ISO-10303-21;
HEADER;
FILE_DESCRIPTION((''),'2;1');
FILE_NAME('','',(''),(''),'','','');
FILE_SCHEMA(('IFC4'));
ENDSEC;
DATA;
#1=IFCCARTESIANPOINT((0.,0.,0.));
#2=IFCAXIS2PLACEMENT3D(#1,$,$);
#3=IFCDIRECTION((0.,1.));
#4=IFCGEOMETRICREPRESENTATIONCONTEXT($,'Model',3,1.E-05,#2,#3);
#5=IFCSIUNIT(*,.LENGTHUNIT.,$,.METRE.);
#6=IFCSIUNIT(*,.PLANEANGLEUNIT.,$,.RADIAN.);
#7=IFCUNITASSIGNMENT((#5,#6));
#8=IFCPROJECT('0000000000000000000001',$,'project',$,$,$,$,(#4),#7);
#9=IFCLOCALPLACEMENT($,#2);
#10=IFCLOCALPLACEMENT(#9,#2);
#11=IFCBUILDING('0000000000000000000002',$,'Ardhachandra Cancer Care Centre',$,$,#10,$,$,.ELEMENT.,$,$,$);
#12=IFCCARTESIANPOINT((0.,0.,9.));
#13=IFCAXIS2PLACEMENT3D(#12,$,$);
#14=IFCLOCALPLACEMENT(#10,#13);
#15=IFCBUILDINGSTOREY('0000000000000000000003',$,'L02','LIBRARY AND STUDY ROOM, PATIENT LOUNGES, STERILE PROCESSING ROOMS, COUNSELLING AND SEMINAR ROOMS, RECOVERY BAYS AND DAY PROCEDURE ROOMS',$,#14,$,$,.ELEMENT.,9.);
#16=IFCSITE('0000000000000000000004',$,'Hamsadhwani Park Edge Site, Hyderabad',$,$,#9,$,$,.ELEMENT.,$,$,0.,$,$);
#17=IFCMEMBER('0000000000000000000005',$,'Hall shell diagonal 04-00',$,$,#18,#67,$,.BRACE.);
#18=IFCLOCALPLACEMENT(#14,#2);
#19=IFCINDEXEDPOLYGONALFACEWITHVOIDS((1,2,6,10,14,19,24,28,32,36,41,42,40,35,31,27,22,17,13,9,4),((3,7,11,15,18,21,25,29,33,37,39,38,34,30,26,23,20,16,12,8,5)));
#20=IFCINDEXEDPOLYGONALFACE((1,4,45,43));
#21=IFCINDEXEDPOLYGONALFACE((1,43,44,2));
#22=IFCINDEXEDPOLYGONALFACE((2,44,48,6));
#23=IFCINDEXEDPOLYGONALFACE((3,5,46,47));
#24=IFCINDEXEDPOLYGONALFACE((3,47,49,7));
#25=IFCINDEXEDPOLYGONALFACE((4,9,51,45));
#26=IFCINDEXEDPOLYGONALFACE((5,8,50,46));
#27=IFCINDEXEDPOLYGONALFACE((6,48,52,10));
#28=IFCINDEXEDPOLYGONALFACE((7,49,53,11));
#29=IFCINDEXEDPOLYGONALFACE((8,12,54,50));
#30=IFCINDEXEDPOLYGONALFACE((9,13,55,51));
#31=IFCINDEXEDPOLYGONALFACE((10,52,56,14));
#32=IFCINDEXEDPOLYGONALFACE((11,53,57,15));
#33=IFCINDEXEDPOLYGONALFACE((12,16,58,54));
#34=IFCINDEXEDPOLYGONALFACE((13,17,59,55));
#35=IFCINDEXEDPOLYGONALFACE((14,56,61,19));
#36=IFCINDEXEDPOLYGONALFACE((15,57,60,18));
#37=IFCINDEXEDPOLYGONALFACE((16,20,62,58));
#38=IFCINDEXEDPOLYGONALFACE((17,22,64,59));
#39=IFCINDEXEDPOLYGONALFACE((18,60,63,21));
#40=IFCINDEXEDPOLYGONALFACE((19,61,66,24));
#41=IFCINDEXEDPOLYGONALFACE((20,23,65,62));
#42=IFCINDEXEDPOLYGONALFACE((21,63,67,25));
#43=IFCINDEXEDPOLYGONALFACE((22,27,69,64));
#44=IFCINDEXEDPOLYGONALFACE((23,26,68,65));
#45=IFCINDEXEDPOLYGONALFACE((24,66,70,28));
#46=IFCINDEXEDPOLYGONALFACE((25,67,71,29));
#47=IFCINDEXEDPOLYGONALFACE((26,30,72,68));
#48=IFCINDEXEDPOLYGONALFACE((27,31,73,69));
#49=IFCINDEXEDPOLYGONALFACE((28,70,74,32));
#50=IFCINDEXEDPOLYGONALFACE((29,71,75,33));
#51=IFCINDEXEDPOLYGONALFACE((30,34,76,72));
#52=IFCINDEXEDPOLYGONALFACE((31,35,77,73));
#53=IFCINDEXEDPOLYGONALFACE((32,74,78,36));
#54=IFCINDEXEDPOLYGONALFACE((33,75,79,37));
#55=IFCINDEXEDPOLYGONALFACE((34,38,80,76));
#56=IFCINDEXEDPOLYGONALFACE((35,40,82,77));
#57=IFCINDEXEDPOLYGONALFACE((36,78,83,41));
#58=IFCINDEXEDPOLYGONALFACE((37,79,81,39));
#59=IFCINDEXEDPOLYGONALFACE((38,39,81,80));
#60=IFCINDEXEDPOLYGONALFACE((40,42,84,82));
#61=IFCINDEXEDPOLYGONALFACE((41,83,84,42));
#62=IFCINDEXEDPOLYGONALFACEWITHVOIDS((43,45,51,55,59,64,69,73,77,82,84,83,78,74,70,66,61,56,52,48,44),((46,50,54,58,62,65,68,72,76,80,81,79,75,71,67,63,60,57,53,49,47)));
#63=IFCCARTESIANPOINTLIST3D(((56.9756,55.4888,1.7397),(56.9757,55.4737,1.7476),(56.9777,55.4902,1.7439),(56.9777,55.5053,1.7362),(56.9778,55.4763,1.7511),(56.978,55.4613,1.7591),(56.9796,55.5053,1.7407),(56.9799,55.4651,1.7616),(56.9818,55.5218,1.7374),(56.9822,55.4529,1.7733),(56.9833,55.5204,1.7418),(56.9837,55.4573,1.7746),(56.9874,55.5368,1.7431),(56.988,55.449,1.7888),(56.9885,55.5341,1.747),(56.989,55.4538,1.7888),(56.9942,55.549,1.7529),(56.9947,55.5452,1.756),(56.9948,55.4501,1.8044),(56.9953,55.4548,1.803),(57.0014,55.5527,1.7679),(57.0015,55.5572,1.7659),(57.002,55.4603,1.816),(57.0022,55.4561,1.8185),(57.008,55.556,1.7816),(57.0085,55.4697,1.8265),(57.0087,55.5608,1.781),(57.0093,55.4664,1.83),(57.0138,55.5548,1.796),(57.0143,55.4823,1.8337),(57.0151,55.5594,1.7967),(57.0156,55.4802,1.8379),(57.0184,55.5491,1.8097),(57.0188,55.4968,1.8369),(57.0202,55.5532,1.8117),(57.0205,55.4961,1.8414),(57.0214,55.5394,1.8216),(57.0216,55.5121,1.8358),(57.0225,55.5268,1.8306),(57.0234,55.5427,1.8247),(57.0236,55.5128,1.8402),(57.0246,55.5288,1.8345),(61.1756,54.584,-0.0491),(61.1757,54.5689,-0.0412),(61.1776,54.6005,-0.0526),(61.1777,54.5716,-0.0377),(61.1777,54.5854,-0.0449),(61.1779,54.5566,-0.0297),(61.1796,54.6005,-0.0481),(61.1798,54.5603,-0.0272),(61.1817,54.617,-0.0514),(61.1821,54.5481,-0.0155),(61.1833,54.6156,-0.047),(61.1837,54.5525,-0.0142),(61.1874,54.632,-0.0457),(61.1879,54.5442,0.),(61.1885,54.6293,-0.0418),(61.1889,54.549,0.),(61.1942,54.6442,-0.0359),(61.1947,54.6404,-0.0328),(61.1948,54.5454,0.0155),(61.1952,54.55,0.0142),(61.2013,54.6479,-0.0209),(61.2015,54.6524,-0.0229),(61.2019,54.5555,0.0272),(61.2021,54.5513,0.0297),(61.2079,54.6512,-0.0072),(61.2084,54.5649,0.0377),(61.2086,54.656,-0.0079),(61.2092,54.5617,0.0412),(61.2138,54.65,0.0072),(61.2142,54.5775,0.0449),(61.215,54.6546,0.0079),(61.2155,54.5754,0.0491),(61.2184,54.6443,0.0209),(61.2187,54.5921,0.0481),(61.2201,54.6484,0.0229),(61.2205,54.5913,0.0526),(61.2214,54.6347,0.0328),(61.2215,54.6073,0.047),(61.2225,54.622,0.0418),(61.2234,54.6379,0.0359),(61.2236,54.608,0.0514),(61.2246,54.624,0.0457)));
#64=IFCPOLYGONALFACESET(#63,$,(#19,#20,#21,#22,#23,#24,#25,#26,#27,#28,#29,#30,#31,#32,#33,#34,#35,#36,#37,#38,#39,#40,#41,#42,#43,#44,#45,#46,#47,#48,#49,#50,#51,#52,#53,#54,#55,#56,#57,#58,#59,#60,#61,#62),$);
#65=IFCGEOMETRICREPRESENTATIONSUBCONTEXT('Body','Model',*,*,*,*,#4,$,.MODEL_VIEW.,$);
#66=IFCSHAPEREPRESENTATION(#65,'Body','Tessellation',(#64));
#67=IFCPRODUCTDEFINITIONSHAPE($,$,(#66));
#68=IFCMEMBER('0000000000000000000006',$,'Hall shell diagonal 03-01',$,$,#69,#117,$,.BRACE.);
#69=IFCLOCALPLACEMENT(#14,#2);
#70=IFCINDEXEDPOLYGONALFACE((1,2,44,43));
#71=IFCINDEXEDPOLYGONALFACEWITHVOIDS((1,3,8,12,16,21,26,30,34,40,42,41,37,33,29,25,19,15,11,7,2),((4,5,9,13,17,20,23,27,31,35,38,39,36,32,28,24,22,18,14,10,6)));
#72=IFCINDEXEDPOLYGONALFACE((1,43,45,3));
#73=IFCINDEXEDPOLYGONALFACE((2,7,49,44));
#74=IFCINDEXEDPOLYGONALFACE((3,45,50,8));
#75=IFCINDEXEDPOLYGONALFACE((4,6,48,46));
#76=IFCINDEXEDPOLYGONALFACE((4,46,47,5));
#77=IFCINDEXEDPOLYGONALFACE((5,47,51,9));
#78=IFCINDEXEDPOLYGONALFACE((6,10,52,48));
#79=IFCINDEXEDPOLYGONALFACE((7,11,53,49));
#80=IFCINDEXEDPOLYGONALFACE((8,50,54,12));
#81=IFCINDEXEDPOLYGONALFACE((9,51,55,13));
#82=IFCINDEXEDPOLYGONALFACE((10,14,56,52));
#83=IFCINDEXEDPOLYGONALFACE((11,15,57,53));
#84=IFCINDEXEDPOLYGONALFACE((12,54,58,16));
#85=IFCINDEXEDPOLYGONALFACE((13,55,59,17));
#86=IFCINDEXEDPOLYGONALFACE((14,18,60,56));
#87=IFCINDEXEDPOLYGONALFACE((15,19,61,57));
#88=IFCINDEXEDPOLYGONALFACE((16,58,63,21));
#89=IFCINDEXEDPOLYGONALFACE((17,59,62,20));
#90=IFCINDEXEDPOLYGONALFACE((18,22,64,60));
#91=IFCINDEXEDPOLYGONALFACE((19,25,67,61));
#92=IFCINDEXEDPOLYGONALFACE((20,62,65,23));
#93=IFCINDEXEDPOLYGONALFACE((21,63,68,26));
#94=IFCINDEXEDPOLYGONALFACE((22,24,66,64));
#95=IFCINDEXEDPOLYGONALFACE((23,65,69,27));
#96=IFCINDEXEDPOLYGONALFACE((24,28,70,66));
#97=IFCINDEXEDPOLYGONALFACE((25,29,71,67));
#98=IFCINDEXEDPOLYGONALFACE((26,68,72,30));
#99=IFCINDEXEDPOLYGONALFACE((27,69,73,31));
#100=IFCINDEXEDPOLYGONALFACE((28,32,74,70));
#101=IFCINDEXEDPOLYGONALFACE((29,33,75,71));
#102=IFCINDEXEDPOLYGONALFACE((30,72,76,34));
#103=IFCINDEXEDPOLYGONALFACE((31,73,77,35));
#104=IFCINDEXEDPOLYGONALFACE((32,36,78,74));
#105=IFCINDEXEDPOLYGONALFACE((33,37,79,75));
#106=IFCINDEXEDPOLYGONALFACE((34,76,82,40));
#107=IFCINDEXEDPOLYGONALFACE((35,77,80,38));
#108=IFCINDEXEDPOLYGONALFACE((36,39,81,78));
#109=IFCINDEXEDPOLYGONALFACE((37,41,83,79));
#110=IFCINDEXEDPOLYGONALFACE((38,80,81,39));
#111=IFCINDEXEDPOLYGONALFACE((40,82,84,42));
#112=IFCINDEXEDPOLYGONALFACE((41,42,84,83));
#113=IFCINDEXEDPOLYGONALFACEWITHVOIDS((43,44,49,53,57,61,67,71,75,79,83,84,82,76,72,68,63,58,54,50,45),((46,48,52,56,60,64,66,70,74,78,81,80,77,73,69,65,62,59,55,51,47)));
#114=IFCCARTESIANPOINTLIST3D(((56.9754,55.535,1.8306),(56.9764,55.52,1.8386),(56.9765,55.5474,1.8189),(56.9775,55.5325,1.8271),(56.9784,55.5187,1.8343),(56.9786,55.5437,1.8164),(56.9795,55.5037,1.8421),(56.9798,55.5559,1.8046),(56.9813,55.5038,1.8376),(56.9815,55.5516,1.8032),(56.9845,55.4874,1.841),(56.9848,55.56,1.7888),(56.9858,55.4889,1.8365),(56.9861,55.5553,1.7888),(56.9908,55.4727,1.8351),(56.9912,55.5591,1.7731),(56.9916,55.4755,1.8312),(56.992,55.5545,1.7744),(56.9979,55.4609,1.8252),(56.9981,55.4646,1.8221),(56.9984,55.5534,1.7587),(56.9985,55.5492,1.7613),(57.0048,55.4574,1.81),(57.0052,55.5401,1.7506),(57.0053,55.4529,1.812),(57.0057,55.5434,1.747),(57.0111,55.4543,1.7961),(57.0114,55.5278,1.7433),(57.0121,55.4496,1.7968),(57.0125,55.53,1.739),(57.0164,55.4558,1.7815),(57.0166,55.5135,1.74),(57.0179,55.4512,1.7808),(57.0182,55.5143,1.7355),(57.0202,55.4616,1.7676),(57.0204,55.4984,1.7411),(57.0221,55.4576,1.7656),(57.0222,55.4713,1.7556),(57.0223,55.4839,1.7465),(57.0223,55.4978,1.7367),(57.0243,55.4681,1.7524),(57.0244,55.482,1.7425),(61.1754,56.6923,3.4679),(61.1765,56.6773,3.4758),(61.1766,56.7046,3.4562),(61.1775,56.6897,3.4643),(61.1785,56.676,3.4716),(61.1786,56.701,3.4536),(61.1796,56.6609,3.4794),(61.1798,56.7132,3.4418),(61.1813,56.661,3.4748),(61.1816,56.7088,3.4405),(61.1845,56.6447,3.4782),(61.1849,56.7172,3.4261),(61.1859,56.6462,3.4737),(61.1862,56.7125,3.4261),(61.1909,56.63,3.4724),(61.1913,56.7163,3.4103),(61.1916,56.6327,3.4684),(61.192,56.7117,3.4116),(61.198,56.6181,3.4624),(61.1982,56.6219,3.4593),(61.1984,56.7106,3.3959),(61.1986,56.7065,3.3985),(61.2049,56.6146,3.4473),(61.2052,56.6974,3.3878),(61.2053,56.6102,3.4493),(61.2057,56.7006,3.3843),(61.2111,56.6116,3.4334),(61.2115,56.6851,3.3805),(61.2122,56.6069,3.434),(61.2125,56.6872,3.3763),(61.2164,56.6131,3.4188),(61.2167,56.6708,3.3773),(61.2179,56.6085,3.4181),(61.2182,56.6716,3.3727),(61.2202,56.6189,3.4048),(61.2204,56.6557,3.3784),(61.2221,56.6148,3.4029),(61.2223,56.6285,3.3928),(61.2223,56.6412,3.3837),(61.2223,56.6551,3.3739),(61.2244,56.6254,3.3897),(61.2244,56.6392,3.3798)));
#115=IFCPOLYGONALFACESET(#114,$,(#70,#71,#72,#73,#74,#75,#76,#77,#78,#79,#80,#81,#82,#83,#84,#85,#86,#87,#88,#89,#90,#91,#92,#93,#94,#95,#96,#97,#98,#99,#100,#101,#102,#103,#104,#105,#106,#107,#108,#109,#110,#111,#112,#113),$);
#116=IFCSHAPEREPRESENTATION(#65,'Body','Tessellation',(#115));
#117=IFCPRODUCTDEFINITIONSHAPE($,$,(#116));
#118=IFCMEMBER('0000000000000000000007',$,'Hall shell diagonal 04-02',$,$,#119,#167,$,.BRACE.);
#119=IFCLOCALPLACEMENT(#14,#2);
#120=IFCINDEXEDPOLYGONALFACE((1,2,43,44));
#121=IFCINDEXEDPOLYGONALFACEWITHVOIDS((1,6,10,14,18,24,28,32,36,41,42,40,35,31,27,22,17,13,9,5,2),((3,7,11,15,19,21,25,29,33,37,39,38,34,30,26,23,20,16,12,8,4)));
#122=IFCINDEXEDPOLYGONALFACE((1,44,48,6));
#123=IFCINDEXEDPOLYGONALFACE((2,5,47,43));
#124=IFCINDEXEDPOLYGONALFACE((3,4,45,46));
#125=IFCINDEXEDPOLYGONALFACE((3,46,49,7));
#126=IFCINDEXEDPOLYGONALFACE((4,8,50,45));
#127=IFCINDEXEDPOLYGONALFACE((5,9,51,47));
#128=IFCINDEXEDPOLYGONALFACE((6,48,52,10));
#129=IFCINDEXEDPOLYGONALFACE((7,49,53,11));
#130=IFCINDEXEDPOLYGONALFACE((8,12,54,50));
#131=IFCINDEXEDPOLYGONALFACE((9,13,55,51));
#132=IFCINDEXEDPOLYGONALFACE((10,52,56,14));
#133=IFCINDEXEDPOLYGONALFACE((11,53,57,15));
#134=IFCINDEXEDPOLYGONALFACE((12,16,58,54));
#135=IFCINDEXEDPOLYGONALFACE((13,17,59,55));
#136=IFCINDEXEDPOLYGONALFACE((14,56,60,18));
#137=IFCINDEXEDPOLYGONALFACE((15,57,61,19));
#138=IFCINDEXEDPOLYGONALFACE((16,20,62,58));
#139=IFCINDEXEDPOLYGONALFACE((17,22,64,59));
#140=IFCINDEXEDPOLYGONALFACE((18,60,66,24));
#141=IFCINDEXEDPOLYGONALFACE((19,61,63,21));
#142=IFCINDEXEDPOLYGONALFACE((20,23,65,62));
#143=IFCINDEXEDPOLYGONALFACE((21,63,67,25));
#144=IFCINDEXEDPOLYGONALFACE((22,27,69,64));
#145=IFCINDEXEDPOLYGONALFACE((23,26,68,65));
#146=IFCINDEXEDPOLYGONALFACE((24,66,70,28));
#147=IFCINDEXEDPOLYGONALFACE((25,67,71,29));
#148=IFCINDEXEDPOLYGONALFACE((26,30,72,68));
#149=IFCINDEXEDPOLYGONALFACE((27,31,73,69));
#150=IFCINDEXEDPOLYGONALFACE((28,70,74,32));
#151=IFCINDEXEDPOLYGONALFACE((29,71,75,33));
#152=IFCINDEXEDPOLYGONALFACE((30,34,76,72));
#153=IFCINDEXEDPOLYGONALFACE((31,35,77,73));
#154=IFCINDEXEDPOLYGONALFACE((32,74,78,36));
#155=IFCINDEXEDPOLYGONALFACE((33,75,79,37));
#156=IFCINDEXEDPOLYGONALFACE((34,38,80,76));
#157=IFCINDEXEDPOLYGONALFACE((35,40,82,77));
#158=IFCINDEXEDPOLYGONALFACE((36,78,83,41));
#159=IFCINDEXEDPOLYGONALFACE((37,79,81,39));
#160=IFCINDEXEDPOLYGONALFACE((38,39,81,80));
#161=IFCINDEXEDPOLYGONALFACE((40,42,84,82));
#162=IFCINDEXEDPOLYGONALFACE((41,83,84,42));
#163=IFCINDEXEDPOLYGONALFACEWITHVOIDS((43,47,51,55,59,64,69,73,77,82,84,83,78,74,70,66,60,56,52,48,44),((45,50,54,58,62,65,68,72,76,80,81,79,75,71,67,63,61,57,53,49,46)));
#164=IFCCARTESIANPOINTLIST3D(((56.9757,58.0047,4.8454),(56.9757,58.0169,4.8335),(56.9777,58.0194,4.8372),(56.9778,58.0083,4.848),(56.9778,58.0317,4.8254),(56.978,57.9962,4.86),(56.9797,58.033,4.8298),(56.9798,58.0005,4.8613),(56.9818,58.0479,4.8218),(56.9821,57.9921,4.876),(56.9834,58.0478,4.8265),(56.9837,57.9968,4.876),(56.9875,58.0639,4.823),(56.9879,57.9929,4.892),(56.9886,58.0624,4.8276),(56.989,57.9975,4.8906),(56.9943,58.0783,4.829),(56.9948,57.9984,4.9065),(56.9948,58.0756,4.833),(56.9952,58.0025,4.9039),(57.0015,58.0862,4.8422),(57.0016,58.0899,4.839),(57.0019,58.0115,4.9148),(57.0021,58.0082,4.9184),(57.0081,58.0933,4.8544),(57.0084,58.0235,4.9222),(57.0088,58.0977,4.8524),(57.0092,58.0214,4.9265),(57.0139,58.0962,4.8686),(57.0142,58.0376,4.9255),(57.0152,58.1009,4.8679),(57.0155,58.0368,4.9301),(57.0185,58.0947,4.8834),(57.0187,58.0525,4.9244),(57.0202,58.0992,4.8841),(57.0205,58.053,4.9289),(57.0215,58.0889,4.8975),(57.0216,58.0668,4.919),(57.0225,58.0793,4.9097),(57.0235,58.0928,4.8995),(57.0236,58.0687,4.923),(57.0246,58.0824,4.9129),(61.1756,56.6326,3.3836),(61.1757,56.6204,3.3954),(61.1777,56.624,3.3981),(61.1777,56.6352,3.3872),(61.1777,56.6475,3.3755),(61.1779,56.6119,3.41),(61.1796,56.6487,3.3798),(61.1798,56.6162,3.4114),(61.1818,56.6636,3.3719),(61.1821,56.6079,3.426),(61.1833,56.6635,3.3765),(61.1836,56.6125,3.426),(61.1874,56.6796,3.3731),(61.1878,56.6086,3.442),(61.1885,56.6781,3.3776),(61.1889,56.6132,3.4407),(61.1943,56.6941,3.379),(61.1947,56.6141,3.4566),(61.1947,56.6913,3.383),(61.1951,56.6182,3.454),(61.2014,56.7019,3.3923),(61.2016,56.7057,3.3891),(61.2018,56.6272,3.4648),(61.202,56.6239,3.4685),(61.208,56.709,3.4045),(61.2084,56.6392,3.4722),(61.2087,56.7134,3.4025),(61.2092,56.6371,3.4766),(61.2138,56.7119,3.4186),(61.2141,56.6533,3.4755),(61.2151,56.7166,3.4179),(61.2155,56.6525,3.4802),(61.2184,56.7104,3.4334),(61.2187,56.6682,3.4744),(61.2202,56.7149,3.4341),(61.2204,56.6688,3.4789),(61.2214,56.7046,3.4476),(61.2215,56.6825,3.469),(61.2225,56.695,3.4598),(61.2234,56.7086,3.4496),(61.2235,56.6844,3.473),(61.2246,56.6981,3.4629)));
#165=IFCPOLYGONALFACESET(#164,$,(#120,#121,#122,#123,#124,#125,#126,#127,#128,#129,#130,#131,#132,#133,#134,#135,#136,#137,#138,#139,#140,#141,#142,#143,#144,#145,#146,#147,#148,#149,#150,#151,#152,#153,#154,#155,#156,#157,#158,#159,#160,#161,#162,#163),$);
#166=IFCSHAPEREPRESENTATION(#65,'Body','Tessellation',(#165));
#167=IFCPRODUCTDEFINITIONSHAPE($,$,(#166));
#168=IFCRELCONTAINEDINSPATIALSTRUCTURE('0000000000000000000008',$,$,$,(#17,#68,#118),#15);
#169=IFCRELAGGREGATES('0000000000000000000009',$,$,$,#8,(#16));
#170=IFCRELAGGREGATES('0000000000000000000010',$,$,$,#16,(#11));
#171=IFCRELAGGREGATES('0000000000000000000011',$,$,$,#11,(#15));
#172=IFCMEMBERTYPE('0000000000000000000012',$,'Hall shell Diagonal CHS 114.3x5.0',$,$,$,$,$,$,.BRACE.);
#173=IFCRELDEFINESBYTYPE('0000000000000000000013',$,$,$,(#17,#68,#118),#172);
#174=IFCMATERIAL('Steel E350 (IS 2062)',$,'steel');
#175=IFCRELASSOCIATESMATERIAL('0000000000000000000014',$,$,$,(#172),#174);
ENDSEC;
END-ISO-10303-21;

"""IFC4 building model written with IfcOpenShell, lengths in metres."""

from ifc_helpers import new_model, si_unit, direction, frame, origin, origin_2d, place, context, subcontext, project, spatial, hollow_circle, extrude, material, material_profile, profile_set, type_object, element, save


model = new_model("IFC4")

# Units and contexts
model_context = context("Model", 3, precision=1e-05, world=origin(), true_north=direction((0.0, 1.0)))
body_context = subcontext(model_context, "Body", "Model", "MODEL_VIEW")
ifc_project = project(units=[si_unit("LENGTHUNIT", "METRE"), si_unit("PLANEANGLEUNIT", "RADIAN")], contexts=[model_context])

# Site, building, storey
site_placement = place(None, origin())
site = spatial("IfcSite", under=ifc_project, at=site_placement, Name="Hamsadhwani Park Edge Site, Hyderabad", CompositionType="ELEMENT", RefElevation=0.0)
building_placement = place(site_placement, origin())
building = spatial("IfcBuilding", under=site, at=building_placement, Name="Ardhachandra Cancer Care Centre", CompositionType="ELEMENT")
storey_placement = place(building_placement, frame((0.0, 0.0, 9.0)))
storey = spatial("IfcBuildingStorey", under=building, at=storey_placement, Name="L02", Description="LIBRARY AND STUDY ROOM, PATIENT LOUNGES, STERILE PROCESSING ROOMS, COUNSELLING AND SEMINAR ROOMS, RECOVERY BAYS AND DAY PROCEDURE ROOMS", CompositionType="ELEMENT", Elevation=9.0)

# Members
ifc_material_1 = material(Name="Steel E350 (IS 2062)", Category="steel")
ifc_material_profile_1 = material_profile(ifc_material_1, hollow_circle(Radius=0.0571, WallThickness=0.0049, at=origin_2d()), Name="CHS 114.3x5.0")
ifc_profile_set_1 = profile_set([ifc_material_profile_1], Name="Steel E350 (IS 2062)")
member_type_1 = type_object("IfcMemberType", Name="Hall shell Diagonal CHS 114.3x5.0", PredefinedType="BRACE", material=ifc_profile_set_1)
for number, where, z_axis, x_axis, name in (
    (1, (61.2, 54.6001, 0.0), (-0.902473, 0.194417, 0.384376), (-0.210596, -0.977573, 0.0), "Hall shell diagonal 04-00"),
):
    element("IfcMember", number, at=place(storey_placement, frame(where, z_axis=z_axis, x_axis=x_axis)), inside=storey, type_object=member_type_1, Name=name, PredefinedType="BRACE", context=body_context, shape_type="SweptSolid", body=[
        extrude(hollow_circle(Radius=0.0571, WallThickness=0.0049, at=origin_2d()), origin(), (0.0, 0.0, 1.0), 4.6538),
    ])
member_1_placement = place(storey_placement, frame((57.0, 55.5049, 1.7888), z_axis=(0.90245, 0.248655, 0.351789), x_axis=(-0.265634, 0.964074, 0.0)))
element("IfcMember", 2, at=member_1_placement, inside=storey, type_object=member_type_1, Name="Hall shell diagonal 03-01", PredefinedType="BRACE", context=body_context, shape_type="SweptSolid", body=[
    extrude(hollow_circle(Radius=0.0571, WallThickness=0.0049, at=origin_2d()), origin(), (0.0, 0.0, 1.0), 4.6541),
])
for number, where, z_axis, x_axis, name in (
    (3, (61.2, 56.6621, 3.426), (-0.902471, 0.297449, 0.311561), (-0.313029, -0.949743, 0.0), "Hall shell diagonal 04-02"),
):
    element("IfcMember", number, at=place(storey_placement, frame(where, z_axis=z_axis, x_axis=x_axis)), inside=storey, type_object=member_type_1, Name=name, PredefinedType="BRACE", context=body_context, shape_type="SweptSolid", body=[
        extrude(hollow_circle(Radius=0.0571, WallThickness=0.0049, at=origin_2d()), origin(), (0.0, 0.0, 1.0), 4.6538),
    ])

save(model, "model.ifc")
